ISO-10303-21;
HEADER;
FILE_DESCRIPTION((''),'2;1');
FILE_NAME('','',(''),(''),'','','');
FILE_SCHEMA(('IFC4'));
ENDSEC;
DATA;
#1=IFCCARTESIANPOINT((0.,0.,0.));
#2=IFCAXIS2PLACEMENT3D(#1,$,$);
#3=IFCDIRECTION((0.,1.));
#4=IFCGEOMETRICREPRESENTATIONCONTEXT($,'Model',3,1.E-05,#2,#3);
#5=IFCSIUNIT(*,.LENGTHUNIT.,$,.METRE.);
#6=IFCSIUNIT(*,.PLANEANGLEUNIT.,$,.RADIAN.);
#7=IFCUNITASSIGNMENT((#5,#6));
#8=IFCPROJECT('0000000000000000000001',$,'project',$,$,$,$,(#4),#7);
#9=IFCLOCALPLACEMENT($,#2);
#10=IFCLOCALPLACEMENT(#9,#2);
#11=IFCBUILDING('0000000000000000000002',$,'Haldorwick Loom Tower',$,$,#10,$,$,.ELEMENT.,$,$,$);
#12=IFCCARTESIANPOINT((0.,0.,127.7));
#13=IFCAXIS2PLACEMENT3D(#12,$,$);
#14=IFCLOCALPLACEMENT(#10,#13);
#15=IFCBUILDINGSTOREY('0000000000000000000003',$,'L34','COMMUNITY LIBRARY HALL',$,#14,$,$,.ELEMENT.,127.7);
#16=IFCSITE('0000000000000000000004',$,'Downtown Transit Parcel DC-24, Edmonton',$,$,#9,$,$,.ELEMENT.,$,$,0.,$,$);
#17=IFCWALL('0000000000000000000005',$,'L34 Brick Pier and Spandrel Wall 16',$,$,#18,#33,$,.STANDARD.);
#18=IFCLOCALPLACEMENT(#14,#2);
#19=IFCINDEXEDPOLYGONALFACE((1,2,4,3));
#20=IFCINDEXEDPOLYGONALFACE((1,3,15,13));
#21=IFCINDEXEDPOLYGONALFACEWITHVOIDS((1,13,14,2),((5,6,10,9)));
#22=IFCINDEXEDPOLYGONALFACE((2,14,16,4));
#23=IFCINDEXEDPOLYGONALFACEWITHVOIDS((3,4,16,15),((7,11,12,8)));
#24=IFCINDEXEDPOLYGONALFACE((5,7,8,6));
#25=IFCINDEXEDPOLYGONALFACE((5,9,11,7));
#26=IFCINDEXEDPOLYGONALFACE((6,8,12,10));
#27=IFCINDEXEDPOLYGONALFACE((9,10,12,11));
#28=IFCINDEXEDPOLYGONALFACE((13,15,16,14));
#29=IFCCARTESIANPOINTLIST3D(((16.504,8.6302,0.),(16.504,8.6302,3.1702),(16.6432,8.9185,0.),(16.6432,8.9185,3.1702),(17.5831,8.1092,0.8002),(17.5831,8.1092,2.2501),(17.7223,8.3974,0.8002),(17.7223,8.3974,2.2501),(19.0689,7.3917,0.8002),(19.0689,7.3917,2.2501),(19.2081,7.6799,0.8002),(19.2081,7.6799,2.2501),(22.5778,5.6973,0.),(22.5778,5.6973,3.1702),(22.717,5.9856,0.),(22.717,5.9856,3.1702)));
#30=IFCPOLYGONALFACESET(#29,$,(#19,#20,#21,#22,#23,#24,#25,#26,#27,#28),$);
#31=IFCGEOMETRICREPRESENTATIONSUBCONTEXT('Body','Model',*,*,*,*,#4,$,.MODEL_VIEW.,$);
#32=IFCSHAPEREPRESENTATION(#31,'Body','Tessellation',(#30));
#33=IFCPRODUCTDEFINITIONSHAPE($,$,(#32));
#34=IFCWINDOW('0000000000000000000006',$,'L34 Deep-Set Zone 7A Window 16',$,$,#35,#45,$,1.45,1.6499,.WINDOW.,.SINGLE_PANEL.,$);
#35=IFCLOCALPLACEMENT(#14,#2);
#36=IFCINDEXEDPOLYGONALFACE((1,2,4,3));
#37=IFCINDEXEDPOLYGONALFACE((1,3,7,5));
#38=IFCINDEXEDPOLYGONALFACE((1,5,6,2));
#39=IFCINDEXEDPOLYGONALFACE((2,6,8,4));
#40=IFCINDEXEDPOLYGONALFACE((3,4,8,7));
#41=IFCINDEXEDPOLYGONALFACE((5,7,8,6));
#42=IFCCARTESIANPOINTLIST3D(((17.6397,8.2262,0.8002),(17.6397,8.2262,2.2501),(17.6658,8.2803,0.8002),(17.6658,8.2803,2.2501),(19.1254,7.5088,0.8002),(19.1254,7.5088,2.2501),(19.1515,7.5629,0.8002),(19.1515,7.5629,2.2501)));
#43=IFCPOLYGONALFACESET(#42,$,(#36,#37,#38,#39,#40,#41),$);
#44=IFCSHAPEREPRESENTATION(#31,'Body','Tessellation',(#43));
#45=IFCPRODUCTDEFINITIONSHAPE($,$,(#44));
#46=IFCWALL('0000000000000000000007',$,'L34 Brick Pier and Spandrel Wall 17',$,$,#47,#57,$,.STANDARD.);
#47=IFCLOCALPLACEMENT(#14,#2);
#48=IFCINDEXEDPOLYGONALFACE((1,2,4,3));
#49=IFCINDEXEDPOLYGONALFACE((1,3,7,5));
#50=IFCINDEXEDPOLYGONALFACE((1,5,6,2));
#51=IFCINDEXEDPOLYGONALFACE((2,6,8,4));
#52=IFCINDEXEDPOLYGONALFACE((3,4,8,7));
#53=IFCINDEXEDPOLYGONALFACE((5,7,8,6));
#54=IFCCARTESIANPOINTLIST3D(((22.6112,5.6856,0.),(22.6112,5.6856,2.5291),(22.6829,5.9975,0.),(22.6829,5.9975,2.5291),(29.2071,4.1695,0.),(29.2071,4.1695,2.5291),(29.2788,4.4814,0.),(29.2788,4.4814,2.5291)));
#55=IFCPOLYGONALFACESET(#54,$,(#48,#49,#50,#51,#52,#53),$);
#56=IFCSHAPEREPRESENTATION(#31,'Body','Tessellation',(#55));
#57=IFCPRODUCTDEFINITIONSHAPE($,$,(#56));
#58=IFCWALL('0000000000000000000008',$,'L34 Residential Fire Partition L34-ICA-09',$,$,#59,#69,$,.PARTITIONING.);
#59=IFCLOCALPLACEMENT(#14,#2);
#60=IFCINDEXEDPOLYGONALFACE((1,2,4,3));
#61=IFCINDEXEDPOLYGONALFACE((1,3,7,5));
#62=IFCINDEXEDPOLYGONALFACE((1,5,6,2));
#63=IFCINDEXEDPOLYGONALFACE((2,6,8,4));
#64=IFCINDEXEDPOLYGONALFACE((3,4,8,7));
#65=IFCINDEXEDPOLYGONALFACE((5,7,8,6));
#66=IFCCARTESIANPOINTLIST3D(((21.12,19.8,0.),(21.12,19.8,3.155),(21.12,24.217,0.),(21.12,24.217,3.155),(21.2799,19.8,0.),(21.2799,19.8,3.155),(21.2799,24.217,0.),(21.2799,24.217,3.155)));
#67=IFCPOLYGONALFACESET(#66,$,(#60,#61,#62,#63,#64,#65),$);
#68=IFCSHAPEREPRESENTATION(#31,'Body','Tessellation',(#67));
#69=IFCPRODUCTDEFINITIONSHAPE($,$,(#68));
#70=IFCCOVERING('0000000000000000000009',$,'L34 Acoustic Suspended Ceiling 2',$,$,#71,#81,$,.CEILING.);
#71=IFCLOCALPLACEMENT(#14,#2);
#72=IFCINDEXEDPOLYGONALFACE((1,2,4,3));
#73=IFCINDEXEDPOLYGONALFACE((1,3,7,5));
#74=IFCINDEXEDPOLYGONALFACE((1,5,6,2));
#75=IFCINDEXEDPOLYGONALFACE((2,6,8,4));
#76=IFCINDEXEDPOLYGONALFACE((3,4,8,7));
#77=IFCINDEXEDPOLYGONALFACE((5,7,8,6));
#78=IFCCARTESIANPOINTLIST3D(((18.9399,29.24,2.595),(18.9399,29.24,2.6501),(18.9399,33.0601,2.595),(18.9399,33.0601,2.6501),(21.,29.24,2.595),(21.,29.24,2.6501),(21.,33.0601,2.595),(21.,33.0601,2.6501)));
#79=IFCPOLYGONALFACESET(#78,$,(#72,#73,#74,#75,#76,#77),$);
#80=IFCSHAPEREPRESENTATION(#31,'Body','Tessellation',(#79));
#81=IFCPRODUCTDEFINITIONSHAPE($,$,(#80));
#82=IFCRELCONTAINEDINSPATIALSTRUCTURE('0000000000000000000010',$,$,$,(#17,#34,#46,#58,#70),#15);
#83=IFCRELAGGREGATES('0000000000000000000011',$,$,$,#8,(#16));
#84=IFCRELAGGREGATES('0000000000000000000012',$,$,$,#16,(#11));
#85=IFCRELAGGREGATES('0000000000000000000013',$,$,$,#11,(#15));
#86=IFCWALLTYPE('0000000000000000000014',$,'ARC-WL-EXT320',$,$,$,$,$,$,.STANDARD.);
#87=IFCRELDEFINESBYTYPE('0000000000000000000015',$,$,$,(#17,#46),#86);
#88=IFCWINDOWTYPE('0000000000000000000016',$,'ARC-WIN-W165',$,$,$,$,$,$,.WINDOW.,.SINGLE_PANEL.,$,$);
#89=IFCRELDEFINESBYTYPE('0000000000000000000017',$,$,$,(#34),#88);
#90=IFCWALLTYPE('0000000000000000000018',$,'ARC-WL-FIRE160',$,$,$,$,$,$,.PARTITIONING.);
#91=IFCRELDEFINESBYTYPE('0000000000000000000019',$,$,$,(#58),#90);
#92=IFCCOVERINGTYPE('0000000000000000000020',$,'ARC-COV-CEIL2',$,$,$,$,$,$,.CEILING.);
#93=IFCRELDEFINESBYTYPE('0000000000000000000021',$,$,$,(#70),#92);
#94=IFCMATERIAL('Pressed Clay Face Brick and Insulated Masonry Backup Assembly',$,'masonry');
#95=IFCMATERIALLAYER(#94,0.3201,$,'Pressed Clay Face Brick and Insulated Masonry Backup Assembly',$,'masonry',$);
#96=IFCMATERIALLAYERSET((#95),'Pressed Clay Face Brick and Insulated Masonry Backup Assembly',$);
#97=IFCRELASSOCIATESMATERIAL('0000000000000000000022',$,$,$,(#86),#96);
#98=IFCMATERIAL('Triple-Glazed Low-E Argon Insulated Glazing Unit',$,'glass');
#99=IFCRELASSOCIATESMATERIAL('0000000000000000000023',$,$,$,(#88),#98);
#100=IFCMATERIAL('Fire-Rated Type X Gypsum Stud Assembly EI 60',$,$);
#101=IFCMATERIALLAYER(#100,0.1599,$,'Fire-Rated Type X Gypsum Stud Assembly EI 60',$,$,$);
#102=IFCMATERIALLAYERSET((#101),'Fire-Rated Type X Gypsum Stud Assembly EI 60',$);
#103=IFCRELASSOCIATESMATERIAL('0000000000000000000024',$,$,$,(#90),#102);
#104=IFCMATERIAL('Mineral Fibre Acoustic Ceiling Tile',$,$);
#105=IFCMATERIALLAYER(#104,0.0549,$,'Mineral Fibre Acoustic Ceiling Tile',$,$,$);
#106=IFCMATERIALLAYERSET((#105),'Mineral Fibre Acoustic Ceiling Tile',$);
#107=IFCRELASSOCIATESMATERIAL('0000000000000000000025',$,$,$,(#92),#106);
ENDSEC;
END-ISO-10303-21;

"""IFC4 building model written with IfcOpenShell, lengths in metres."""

from ifc_helpers import new_model, si_unit, direction, frame, frame_2d, origin, place, context, subcontext, project, spatial, polyline, rectangle, outline, extrude, material, layer, layer_set, type_object, element, fill, save


model = new_model("IFC4")

# Units and contexts
model_context = context("Model", 3, precision=1e-05, world=origin(), true_north=direction((0.0, 1.0)))
body_context = subcontext(model_context, "Body", "Model", "MODEL_VIEW")
ifc_project = project(units=[si_unit("LENGTHUNIT", "METRE"), si_unit("PLANEANGLEUNIT", "RADIAN")], contexts=[model_context])

# Site, building, storey
site_placement = place(None, origin())
site = spatial("IfcSite", under=ifc_project, at=site_placement, Name="Downtown Transit Parcel DC-24, Edmonton", CompositionType="ELEMENT", RefElevation=0.0)
building_placement = place(site_placement, origin())
building = spatial("IfcBuilding", under=site, at=building_placement, Name="Haldorwick Loom Tower", CompositionType="ELEMENT")
storey_placement = place(building_placement, frame((0.0, 0.0, 127.7)))
storey = spatial("IfcBuildingStorey", under=building, at=storey_placement, Name="L34", Description="COMMUNITY LIBRARY HALL", CompositionType="ELEMENT", Elevation=127.7)

# Shared definitions
ifc_material_1 = material(Name="Pressed Clay Face Brick and Insulated Masonry Backup Assembly", Category="masonry")
ifc_layer_1 = layer(ifc_material_1, 0.3201, Name="Pressed Clay Face Brick and Insulated Masonry Backup Assembly", Category="masonry")
ifc_layer_set_1 = layer_set([ifc_layer_1], Name="Pressed Clay Face Brick and Insulated Masonry Backup Assembly")
wall_type_1 = type_object("IfcWallType", Name="ARC-WL-EXT320", PredefinedType="STANDARD", material=ifc_layer_set_1)

# Wall, opening, window
wall_1_placement = place(storey_placement, frame((16.5735, 8.7744, 0.0), z_axis=(0.0, 0.0, 1.0), x_axis=(0.90051, -0.434835, 0.0)))
wall_1 = element("IfcWall", 1, at=wall_1_placement, inside=storey, type_object=wall_type_1, Name="L34 Brick Pier and Spandrel Wall 16", PredefinedType="STANDARD", context=body_context, shape_type="SweptSolid", body=[
    extrude(rectangle(XDim=6.7449, YDim=0.3201, at=frame_2d((3.3726, 0.0))), origin(), (0.0, 0.0, 1.0), 3.1702),
])
opening_1_placement = place(wall_1_placement, frame((1.1985, 0.0, 0.8)))
opening_1 = element("IfcOpeningElement", 2, at=opening_1_placement, cuts=wall_1, PredefinedType="OPENING", context=body_context, shape_type="SweptSolid", body=[
    extrude(rectangle(XDim=1.6499, YDim=1.45, at=frame_2d((0.825, 0.7251))), frame((0.0, 0.1699, 0.0), z_axis=(0.0, -1.0, 0.0), x_axis=(1.0, 0.0, 0.0)), (0.0, 0.0, 1.0), 0.3401),
])
ifc_material_2 = material(Name="Triple-Glazed Low-E Argon Insulated Glazing Unit", Category="glass")
window_type = type_object("IfcWindowType", Name="ARC-WIN-W165", PartitioningType="SINGLE_PANEL", PredefinedType="WINDOW", material=ifc_material_2)
window_placement = place(opening_1_placement, origin())
window = element("IfcWindow", 3, at=window_placement, inside=storey, type_object=window_type, Name="L34 Deep-Set Zone 7A Window 16", OverallHeight=1.45, OverallWidth=1.6499, PartitioningType="SINGLE_PANEL", PredefinedType="WINDOW", context=body_context, shape_type="SweptSolid", body=[
    extrude(rectangle(XDim=1.6499, YDim=1.45, at=frame_2d((0.825, 0.7251))), frame((0.0, 0.03, 0.0), z_axis=(0.0, -1.0, 0.0), x_axis=(1.0, 0.0, 0.0)), (0.0, 0.0, 1.0), 0.0601),
])
fill(opening_1, window)

# Walls
wall_2_placement = place(storey_placement, frame((22.6472, 5.8416, 0.0), z_axis=(0.0, 0.0, 1.0), x_axis=(0.974584, -0.224022, 0.0)))
element("IfcWall", 4, at=wall_2_placement, inside=storey, type_object=wall_type_1, Name="L34 Brick Pier and Spandrel Wall 17", PredefinedType="STANDARD", context=body_context, shape_type="SweptSolid", body=[
    extrude(rectangle(XDim=6.7678, YDim=0.3201, at=frame_2d((3.3838, 0.0))), origin(), (0.0, 0.0, 1.0), 2.5291),
])
ifc_material_3 = material(Name="Fire-Rated Type X Gypsum Stud Assembly EI 60")
ifc_layer_2 = layer(ifc_material_3, 0.1599, Name="Fire-Rated Type X Gypsum Stud Assembly EI 60")
ifc_layer_set_2 = layer_set([ifc_layer_2], Name="Fire-Rated Type X Gypsum Stud Assembly EI 60")
wall_type_2 = type_object("IfcWallType", Name="ARC-WL-FIRE160", PredefinedType="PARTITIONING", material=ifc_layer_set_2)
wall_3_placement = place(storey_placement, frame((21.2, 24.217, 0.0), z_axis=(0.0, 0.0, 1.0), x_axis=(0.0, -1.0, 0.0)))
element("IfcWall", 5, at=wall_3_placement, inside=storey, type_object=wall_type_2, Name="L34 Residential Fire Partition L34-ICA-09", PredefinedType="PARTITIONING", context=body_context, shape_type="SweptSolid", body=[
    extrude(rectangle(XDim=4.417, YDim=0.1599, at=frame_2d((2.2085, 0.0))), origin(), (0.0, 0.0, 1.0), 3.155),
])

# Covering
ifc_material_4 = material(Name="Mineral Fibre Acoustic Ceiling Tile")
ifc_layer_3 = layer(ifc_material_4, 0.0549, Name="Mineral Fibre Acoustic Ceiling Tile")
ifc_layer_set_3 = layer_set([ifc_layer_3], Name="Mineral Fibre Acoustic Ceiling Tile")
covering_type_1 = type_object("IfcCoveringType", Name="ARC-COV-CEIL2", PredefinedType="CEILING", material=ifc_layer_set_3)
covering_1_placement = place(storey_placement, frame((0.0, 0.0, 2.595)))
element("IfcCovering", 6, at=covering_1_placement, inside=storey, type_object=covering_type_1, Name="L34 Acoustic Suspended Ceiling 2", PredefinedType="CEILING", context=body_context, shape_type="SweptSolid", body=[
    extrude(outline(polyline([(18.9399, 33.0601), (18.9399, 29.24), (21.0, 29.24), (21.0, 33.0601), (18.9399, 33.0601)])), origin(), (0.0, 0.0, 1.0), 0.0552),
])

save(model, "model.ifc")
